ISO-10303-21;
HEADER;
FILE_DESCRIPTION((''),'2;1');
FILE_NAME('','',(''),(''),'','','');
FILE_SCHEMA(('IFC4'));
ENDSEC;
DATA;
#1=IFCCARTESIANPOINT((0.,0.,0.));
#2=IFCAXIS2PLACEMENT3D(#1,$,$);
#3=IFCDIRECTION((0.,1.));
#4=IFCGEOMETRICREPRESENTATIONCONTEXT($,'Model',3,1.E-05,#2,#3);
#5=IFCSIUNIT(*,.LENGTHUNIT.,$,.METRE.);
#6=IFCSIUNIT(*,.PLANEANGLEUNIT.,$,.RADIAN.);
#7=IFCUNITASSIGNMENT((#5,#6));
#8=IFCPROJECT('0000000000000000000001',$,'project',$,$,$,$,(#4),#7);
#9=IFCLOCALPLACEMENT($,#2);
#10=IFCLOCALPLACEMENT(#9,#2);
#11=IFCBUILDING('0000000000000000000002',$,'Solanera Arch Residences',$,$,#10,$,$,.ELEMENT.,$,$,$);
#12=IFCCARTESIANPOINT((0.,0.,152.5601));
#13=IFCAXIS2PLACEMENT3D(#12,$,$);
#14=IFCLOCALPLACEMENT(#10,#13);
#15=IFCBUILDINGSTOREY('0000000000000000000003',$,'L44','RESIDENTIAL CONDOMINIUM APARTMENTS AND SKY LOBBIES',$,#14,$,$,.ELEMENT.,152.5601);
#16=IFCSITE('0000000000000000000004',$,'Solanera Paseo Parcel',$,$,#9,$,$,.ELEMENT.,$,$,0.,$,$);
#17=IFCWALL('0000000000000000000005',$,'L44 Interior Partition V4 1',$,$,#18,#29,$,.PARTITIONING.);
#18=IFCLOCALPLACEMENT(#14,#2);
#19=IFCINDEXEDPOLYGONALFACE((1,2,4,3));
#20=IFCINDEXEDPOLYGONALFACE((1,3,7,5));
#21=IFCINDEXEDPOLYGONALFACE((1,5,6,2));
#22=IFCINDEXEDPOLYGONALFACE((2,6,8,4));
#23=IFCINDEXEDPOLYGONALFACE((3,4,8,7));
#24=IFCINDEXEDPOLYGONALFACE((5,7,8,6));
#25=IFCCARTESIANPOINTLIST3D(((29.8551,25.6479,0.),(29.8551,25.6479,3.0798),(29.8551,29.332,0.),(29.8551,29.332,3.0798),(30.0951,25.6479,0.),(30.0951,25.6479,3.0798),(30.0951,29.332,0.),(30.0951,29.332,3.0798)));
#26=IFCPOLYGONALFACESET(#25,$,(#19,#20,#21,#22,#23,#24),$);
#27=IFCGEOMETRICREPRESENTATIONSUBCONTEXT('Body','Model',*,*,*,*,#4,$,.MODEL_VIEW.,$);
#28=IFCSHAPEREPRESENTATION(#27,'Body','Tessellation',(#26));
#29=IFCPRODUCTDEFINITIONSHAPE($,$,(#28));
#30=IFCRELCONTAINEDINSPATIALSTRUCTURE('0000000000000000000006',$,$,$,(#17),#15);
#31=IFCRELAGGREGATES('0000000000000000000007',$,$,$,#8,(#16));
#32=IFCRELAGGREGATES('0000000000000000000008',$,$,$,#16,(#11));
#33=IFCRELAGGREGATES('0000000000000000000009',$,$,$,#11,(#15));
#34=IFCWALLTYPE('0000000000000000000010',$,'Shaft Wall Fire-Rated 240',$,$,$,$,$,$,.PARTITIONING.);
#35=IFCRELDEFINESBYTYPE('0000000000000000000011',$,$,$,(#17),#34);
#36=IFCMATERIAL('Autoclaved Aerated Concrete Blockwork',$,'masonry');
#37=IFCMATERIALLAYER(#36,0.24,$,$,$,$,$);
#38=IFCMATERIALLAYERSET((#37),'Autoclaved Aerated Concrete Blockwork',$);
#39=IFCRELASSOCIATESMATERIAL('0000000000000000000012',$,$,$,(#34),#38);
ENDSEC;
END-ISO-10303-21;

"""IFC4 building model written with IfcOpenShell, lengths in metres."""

from ifc_helpers import new_model, si_unit, direction, frame, frame_2d, origin, place, context, subcontext, project, spatial, rectangle, extrude, material, layer, layer_set, type_object, element, save


model = new_model("IFC4")

# Units and contexts
model_context = context("Model", 3, precision=1e-05, world=origin(), true_north=direction((0.0, 1.0)))
body_context = subcontext(model_context, "Body", "Model", "MODEL_VIEW")
ifc_project = project(units=[si_unit("LENGTHUNIT", "METRE"), si_unit("PLANEANGLEUNIT", "RADIAN")], contexts=[model_context])

# Site, building, storey
site_placement = place(None, origin())
site = spatial("IfcSite", under=ifc_project, at=site_placement, Name="Solanera Paseo Parcel", CompositionType="ELEMENT", RefElevation=0.0)
building_placement = place(site_placement, origin())
building = spatial("IfcBuilding", under=site, at=building_placement, Name="Solanera Arch Residences", CompositionType="ELEMENT")
storey_placement = place(building_placement, frame((0.0, 0.0, 152.5601)))
storey = spatial("IfcBuildingStorey", under=building, at=storey_placement, Name="L44", Description="RESIDENTIAL CONDOMINIUM APARTMENTS AND SKY LOBBIES", CompositionType="ELEMENT", Elevation=152.5601)

# Wall
ifc_material_1 = material(Name="Autoclaved Aerated Concrete Blockwork", Category="masonry")
ifc_layer_1 = layer(ifc_material_1, 0.24)
ifc_layer_set_1 = layer_set([ifc_layer_1], Name="Autoclaved Aerated Concrete Blockwork")
wall_type_1 = type_object("IfcWallType", Name="Shaft Wall Fire-Rated 240", PredefinedType="PARTITIONING", material=ifc_layer_set_1)
wall_1_placement = place(storey_placement, frame((29.9751, 25.6479, 0.0), z_axis=(0.0, 0.0, 1.0), x_axis=(0.0, 1.0, 0.0)))
element("IfcWall", 1, at=wall_1_placement, inside=storey, type_object=wall_type_1, Name="L44 Interior Partition V4 1", PredefinedType="PARTITIONING", context=body_context, shape_type="SweptSolid", body=[
    extrude(rectangle(XDim=3.6841, YDim=0.24, at=frame_2d((1.842, 0.0))), origin(), (0.0, 0.0, 1.0), 3.0798),
])

save(model, "model.ifc")
